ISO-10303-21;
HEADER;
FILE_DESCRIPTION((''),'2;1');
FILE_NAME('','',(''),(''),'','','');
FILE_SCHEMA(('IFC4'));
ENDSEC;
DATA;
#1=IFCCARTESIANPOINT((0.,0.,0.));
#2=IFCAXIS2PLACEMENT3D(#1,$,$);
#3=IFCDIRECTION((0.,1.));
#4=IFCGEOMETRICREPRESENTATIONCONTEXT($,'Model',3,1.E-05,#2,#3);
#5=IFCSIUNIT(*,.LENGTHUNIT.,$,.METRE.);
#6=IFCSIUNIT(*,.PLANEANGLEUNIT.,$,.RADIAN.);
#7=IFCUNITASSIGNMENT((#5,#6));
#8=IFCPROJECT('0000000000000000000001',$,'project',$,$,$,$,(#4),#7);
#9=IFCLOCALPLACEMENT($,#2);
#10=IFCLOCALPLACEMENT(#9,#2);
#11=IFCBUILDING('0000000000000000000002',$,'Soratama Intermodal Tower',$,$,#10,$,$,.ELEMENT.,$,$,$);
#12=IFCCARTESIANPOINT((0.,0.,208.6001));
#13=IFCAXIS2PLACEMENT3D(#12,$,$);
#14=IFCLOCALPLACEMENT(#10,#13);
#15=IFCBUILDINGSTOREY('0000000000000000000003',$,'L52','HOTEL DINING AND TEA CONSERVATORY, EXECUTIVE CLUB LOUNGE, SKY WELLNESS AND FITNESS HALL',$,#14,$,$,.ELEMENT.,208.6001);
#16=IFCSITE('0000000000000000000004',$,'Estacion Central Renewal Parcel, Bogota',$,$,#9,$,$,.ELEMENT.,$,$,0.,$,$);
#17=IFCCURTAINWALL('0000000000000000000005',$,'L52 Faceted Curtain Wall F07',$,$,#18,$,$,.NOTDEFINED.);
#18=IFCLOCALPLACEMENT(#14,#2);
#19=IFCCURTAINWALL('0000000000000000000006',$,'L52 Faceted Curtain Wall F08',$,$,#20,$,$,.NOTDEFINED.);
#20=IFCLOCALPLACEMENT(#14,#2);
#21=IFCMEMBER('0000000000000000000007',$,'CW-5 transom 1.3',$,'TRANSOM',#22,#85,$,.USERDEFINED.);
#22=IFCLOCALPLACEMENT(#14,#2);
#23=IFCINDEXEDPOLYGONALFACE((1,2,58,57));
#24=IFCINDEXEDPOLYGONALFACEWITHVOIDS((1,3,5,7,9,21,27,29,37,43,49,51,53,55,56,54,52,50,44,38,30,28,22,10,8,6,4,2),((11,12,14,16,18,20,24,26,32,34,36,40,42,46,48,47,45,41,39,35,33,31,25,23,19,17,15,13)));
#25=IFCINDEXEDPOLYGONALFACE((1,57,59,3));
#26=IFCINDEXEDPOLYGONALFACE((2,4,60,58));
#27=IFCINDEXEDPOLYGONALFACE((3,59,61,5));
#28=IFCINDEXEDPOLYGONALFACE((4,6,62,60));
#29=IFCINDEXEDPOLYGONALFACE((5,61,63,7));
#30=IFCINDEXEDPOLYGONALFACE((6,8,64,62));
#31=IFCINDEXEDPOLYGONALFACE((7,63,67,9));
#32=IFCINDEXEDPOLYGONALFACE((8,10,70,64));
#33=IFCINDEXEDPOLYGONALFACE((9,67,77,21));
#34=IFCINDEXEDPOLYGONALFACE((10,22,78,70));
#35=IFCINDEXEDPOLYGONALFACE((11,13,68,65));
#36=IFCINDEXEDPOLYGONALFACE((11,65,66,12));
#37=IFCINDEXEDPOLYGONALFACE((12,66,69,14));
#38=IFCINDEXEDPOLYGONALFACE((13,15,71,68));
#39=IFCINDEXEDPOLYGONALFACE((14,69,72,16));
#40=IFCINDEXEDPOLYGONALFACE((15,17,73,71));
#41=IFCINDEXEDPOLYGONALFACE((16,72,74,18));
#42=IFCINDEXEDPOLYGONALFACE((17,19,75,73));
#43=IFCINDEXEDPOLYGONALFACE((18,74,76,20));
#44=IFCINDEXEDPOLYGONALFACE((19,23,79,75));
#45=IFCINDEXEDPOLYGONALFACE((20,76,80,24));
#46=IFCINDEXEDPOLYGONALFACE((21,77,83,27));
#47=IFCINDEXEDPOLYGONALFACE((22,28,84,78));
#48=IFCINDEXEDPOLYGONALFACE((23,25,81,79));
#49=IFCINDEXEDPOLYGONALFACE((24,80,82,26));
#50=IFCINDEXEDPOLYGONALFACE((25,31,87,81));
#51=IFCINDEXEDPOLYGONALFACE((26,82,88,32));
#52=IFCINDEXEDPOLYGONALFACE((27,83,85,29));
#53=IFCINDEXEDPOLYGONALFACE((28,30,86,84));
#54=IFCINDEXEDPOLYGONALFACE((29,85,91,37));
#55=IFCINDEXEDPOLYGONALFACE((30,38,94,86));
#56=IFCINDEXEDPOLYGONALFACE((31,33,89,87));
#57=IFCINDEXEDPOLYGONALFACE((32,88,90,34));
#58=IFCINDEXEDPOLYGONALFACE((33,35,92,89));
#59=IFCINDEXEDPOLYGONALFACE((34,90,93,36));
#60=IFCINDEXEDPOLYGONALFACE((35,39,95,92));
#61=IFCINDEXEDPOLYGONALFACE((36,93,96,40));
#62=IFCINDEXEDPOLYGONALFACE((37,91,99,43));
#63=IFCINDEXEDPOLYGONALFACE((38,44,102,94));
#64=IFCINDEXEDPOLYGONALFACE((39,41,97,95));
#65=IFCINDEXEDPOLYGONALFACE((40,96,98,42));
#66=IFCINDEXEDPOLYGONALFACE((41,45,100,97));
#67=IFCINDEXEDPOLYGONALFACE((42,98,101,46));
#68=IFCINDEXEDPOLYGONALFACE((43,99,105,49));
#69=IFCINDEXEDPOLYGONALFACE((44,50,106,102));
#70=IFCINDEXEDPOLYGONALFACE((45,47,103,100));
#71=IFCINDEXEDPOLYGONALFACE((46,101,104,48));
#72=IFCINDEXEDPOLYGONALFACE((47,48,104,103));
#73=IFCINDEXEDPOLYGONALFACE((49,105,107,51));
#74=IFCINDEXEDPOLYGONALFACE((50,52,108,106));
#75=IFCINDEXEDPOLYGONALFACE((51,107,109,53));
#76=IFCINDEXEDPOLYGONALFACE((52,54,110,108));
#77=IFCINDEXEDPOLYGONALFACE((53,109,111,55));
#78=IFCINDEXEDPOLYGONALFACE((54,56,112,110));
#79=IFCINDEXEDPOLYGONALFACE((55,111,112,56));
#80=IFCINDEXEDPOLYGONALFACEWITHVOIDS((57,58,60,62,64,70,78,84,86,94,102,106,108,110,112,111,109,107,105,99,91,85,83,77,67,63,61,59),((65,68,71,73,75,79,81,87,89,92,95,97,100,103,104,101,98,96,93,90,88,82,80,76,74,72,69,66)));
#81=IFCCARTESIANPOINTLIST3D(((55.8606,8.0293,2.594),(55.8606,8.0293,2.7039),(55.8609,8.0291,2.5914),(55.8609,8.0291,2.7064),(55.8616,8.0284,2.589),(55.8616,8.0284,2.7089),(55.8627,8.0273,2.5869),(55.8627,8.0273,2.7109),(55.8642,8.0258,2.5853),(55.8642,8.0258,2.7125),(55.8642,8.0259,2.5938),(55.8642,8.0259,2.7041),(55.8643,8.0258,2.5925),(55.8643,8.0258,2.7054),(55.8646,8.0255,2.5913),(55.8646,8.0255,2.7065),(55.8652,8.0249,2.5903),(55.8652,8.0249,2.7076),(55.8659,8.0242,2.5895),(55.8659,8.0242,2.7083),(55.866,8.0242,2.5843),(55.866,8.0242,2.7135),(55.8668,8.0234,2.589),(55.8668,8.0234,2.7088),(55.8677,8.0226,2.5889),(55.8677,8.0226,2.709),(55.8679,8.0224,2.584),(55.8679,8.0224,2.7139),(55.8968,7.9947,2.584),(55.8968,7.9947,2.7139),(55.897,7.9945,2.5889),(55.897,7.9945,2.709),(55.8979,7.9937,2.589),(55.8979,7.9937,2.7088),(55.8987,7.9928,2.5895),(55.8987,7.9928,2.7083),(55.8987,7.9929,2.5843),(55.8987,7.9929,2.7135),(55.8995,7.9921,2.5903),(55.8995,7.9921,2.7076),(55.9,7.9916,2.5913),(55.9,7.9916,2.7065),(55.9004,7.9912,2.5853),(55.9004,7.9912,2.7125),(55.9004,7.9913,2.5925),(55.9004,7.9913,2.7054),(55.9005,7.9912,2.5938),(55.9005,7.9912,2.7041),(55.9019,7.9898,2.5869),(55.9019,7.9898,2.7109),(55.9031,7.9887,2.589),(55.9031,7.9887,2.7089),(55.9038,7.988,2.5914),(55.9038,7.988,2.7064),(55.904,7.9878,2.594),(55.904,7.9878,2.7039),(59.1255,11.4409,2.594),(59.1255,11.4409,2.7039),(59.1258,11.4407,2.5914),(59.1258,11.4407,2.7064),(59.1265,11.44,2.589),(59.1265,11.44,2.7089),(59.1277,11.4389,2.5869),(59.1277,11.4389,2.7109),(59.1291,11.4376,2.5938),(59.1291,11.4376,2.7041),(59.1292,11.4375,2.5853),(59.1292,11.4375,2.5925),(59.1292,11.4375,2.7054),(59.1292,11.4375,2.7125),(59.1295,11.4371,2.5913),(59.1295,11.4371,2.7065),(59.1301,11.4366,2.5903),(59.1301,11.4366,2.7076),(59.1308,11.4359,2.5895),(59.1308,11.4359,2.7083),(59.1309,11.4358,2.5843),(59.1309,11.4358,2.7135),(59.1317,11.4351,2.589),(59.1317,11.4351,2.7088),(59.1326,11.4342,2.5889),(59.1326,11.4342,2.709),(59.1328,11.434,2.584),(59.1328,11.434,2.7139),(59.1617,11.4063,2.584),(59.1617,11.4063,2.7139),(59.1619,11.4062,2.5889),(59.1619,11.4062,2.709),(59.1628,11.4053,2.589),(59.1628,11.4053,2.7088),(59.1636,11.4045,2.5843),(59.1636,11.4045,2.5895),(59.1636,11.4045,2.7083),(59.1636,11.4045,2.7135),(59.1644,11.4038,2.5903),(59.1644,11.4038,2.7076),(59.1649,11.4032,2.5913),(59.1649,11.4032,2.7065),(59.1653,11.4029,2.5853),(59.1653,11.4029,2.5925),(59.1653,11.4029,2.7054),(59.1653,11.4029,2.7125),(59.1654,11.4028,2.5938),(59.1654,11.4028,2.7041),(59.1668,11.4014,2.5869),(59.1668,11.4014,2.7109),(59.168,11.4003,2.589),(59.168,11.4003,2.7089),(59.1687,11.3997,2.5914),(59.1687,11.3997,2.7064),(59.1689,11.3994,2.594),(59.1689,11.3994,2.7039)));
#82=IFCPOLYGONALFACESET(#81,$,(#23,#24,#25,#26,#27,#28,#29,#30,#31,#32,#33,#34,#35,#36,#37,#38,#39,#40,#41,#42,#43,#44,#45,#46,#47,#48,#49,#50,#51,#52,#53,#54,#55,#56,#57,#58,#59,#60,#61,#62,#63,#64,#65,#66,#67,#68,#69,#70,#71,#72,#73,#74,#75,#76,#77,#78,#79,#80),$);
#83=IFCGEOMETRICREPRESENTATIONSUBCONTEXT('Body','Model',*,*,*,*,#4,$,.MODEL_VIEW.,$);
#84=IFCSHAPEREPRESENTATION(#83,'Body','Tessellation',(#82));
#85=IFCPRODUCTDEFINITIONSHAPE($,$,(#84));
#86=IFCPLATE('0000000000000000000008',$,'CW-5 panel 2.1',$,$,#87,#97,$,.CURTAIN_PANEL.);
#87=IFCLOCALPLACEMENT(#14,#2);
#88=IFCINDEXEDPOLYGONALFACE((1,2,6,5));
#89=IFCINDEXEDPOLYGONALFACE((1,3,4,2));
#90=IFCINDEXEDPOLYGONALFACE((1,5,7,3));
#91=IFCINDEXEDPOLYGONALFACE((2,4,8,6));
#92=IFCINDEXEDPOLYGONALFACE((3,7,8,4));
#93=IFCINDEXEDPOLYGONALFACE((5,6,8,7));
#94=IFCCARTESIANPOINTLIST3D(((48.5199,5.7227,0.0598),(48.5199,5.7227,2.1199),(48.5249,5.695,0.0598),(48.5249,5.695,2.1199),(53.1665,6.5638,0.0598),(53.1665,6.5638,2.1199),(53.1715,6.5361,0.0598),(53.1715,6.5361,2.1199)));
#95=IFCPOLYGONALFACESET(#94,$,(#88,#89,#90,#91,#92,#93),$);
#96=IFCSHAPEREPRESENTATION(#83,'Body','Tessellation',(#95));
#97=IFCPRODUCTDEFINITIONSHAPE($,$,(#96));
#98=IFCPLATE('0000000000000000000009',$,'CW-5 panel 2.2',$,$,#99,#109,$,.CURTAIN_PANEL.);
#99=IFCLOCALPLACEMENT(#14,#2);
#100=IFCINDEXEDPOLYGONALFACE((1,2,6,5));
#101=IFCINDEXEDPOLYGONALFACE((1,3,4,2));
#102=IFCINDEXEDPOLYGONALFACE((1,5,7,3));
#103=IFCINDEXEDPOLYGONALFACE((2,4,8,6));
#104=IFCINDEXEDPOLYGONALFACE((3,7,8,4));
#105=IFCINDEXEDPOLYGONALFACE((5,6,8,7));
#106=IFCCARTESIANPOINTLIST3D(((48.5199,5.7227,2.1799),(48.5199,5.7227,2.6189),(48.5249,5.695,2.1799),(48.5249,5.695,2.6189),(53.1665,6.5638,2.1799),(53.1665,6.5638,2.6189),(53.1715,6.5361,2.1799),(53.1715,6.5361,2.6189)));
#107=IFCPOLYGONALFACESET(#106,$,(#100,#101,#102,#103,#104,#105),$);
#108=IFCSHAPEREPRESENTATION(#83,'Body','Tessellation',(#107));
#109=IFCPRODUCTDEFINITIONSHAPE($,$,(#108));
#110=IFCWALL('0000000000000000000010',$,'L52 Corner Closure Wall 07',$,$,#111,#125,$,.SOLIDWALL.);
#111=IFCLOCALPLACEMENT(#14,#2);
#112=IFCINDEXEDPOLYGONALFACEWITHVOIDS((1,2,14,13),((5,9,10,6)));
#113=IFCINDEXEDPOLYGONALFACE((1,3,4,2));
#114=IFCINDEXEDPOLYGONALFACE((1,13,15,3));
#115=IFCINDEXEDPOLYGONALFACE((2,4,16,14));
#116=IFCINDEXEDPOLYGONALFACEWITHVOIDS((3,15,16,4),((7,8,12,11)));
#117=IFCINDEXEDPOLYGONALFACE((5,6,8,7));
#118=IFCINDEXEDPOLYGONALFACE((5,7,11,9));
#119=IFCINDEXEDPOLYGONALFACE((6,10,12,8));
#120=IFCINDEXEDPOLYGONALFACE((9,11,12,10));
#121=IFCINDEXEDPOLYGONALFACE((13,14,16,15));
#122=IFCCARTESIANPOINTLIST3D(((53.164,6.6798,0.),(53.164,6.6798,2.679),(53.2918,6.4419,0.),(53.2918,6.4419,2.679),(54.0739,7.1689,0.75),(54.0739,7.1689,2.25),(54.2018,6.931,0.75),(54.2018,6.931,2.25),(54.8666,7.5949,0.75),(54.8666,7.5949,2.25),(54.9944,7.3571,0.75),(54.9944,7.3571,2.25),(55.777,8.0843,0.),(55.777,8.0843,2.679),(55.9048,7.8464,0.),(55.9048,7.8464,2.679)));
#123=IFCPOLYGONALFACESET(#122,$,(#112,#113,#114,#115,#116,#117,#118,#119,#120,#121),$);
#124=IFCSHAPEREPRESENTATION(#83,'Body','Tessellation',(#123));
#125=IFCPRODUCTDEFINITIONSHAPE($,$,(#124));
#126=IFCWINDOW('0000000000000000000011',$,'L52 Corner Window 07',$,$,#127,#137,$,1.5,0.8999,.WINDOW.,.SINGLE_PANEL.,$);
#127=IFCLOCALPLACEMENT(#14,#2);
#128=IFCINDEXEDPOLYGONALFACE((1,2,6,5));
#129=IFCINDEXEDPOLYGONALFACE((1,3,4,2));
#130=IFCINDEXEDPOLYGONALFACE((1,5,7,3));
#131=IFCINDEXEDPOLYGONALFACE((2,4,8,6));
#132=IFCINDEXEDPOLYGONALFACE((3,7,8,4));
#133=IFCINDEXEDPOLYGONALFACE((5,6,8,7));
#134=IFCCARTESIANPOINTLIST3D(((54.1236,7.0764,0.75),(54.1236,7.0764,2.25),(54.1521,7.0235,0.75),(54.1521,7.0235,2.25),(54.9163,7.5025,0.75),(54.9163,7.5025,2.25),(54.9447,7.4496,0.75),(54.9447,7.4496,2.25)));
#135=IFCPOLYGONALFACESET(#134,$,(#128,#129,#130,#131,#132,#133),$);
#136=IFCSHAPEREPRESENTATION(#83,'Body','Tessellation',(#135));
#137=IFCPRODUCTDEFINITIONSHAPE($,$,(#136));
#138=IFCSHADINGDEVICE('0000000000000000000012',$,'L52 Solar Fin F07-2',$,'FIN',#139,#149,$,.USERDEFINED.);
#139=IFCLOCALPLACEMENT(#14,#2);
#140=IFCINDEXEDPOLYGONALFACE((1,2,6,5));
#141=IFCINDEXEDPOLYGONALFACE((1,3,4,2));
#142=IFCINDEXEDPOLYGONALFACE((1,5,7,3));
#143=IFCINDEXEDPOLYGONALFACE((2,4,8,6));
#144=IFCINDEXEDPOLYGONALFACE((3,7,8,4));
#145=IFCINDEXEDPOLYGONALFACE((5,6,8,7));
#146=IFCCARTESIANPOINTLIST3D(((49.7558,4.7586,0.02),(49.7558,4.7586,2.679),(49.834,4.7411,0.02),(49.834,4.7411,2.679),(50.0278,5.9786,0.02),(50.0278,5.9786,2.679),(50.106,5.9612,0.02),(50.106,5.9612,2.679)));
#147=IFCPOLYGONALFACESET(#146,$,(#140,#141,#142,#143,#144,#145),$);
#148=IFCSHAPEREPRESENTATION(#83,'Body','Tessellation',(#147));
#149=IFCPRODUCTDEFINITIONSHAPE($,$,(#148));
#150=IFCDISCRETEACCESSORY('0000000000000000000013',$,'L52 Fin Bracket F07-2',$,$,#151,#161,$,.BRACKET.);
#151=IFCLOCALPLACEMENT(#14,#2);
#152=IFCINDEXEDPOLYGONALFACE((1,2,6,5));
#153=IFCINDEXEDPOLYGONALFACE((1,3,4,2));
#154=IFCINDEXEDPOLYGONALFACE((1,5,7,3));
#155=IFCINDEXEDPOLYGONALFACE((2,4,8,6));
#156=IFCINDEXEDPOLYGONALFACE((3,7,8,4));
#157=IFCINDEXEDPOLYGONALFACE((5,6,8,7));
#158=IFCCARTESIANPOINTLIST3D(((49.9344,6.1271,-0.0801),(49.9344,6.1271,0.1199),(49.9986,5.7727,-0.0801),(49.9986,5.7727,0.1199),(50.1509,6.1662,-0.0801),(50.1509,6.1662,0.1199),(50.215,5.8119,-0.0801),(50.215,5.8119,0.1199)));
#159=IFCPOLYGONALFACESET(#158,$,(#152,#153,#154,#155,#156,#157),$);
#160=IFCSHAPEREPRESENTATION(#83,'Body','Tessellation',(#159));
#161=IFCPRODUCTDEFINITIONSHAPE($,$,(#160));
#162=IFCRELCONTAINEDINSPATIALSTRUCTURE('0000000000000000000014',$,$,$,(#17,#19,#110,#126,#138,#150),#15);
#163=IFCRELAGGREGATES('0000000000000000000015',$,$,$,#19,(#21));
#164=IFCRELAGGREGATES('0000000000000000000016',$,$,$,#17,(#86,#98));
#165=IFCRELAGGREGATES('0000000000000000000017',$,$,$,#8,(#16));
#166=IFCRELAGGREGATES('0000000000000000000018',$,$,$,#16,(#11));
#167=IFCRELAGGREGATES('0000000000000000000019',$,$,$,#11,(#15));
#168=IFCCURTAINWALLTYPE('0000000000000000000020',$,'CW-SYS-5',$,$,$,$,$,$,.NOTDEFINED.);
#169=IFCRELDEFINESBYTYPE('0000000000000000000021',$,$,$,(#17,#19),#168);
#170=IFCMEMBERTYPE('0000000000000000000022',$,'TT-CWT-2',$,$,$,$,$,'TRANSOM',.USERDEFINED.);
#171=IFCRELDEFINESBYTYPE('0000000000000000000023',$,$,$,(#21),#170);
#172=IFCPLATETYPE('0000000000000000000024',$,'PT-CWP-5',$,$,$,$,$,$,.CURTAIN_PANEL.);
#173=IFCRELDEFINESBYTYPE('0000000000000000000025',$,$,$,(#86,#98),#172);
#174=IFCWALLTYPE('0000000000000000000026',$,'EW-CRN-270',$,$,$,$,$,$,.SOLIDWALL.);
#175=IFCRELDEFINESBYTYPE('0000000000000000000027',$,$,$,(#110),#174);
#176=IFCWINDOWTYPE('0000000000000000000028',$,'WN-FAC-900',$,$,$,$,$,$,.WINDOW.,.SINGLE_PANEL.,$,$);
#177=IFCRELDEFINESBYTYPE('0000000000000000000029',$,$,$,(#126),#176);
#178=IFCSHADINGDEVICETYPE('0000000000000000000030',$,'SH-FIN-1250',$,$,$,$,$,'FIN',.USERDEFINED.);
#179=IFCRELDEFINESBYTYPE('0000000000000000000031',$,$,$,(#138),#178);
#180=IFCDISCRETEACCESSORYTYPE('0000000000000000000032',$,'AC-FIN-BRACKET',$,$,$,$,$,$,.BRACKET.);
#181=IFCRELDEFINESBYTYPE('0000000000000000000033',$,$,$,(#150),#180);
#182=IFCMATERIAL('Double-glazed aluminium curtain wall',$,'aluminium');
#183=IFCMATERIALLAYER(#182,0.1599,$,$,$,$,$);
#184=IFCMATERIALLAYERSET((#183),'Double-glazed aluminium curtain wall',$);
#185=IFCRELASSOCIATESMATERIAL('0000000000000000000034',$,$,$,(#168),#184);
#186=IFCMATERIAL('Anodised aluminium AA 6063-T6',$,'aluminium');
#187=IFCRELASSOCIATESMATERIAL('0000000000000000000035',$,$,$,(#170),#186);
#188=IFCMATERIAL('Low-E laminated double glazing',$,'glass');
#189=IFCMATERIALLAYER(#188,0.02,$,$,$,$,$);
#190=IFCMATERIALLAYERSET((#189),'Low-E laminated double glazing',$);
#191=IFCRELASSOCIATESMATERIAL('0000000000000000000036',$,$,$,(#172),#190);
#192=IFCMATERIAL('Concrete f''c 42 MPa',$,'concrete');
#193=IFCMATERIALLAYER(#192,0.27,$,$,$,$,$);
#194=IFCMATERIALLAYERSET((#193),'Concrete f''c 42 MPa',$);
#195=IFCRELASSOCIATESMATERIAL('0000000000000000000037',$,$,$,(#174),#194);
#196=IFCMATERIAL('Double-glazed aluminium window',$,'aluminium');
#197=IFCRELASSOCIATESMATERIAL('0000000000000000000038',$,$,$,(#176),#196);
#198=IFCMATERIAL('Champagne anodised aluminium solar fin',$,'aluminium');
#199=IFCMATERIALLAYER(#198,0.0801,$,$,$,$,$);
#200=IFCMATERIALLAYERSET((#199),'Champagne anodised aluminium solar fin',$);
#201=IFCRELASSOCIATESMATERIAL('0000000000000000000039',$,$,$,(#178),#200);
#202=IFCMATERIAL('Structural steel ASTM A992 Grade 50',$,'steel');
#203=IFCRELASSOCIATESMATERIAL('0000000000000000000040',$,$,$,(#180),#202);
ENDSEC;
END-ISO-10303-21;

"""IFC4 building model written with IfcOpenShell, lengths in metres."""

from ifc_helpers import new_model, si_unit, direction, frame, frame_2d, origin, origin_2d, place, context, subcontext, project, spatial, rectangle, hollow_rectangle, extrude, material, layer, layer_set, material_profile, profile_set, type_object, element, fill, aggregate, save


model = new_model("IFC4")

# Units and contexts
model_context = context("Model", 3, precision=1e-05, world=origin(), true_north=direction((0.0, 1.0)))
body_context = subcontext(model_context, "Body", "Model", "MODEL_VIEW")
ifc_project = project(units=[si_unit("LENGTHUNIT", "METRE"), si_unit("PLANEANGLEUNIT", "RADIAN")], contexts=[model_context])

# Site, building, storey
site_placement = place(None, origin())
site = spatial("IfcSite", under=ifc_project, at=site_placement, Name="Estacion Central Renewal Parcel, Bogota", CompositionType="ELEMENT", RefElevation=0.0)
building_placement = place(site_placement, origin())
building = spatial("IfcBuilding", under=site, at=building_placement, Name="Soratama Intermodal Tower", CompositionType="ELEMENT")
storey_placement = place(building_placement, frame((0.0, 0.0, 208.6001)))
storey = spatial("IfcBuildingStorey", under=building, at=storey_placement, Name="L52", Description="HOTEL DINING AND TEA CONSERVATORY, EXECUTIVE CLUB LOUNGE, SKY WELLNESS AND FITNESS HALL", CompositionType="ELEMENT", Elevation=208.6001)

# Curtain wall
ifc_material_1 = material(Name="Double-glazed aluminium curtain wall", Category="aluminium")
ifc_layer_1 = layer(ifc_material_1, 0.1599)
ifc_layer_set_1 = layer_set([ifc_layer_1], Name="Double-glazed aluminium curtain wall")
curtain_wall_type = type_object("IfcCurtainWallType", Name="CW-SYS-5", PredefinedType="NOTDEFINED", material=ifc_layer_set_1)
curtain_wall_1_placement = place(storey_placement, origin())
curtain_wall_1 = element("IfcCurtainWall", 1, at=curtain_wall_1_placement, inside=storey, type_object=curtain_wall_type, Name="L52 Faceted Curtain Wall F07", PredefinedType="NOTDEFINED")

# Curtain wall
curtain_wall_2_placement = place(storey_placement, origin())
curtain_wall_2 = element("IfcCurtainWall", 2, at=curtain_wall_2_placement, inside=storey, type_object=curtain_wall_type, Name="L52 Faceted Curtain Wall F08", PredefinedType="NOTDEFINED")

# Member
ifc_material_2 = material(Name="Anodised aluminium AA 6063-T6", Category="aluminium")
ifc_material_profile_1 = material_profile(ifc_material_2, hollow_rectangle(XDim=0.0601, YDim=0.1299, WallThickness=0.0049, InnerFilletRadius=0.0049, OuterFilletRadius=0.01, at=origin_2d()), Name="CWT130X60X5")
ifc_profile_set_1 = profile_set([ifc_material_profile_1], Name="Anodised aluminium AA 6063-T6")
member_type_1 = type_object("IfcMemberType", Name="TT-CWT-2", ElementType="TRANSOM", PredefinedType="USERDEFINED", material=ifc_profile_set_1)
member_1_placement = place(storey_placement, frame((55.8823, 8.0085, 2.6489), z_axis=(0.6914, 0.722472, 0.0), x_axis=(-0.722472, 0.6914, 0.0)))
member_1 = element("IfcMember", 3, at=member_1_placement, type_object=member_type_1, Name="CW-5 transom 1.3", ObjectType="TRANSOM", PredefinedType="USERDEFINED", context=body_context, shape_type="SweptSolid", body=[
    extrude(hollow_rectangle(XDim=0.0601, YDim=0.1299, WallThickness=0.0049, InnerFilletRadius=0.0049, OuterFilletRadius=0.01, at=origin_2d()), origin(), (0.0, 0.0, 1.0), 4.7222),
])
aggregate(curtain_wall_2, [member_1])

# Plates
ifc_material_3 = material(Name="Low-E laminated double glazing", Category="glass")
ifc_layer_2 = layer(ifc_material_3, 0.02)
ifc_layer_set_2 = layer_set([ifc_layer_2], Name="Low-E laminated double glazing")
plate_type = type_object("IfcPlateType", Name="PT-CWP-5", PredefinedType="CURTAIN_PANEL", material=ifc_layer_set_2)
plate_1_placement = place(storey_placement, frame((50.8457, 6.1294, 0.0598), z_axis=(0.0, 0.0, 1.0), x_axis=(0.98401, 0.178115, 0.0)))
plate_1 = element("IfcPlate", 4, at=plate_1_placement, type_object=plate_type, Name="CW-5 panel 2.1", PredefinedType="CURTAIN_PANEL", context=body_context, shape_type="SweptSolid", body=[
    extrude(rectangle(XDim=4.7222, YDim=0.0281, at=origin_2d()), origin(), (0.0, 0.0, 1.0), 2.0601),
])
plate_2_placement = place(storey_placement, frame((50.8457, 6.1294, 2.1799), z_axis=(0.0, 0.0, 1.0), x_axis=(0.98401, 0.178115, 0.0)))
plate_2 = element("IfcPlate", 5, at=plate_2_placement, type_object=plate_type, Name="CW-5 panel 2.2", PredefinedType="CURTAIN_PANEL", context=body_context, shape_type="SweptSolid", body=[
    extrude(rectangle(XDim=4.7222, YDim=0.0281, at=origin_2d()), origin(), (0.0, 0.0, 1.0), 0.439),
])
aggregate(curtain_wall_1, [plate_1, plate_2])

# Wall, opening, window
ifc_material_4 = material(Name="Concrete f'c 42 MPa", Category="concrete")
ifc_layer_3 = layer(ifc_material_4, 0.27)
ifc_layer_set_3 = layer_set([ifc_layer_3], Name="Concrete f'c 42 MPa")
wall_type = type_object("IfcWallType", Name="EW-CRN-270", PredefinedType="SOLIDWALL", material=ifc_layer_set_3)
wall_placement = place(storey_placement, frame((53.2278, 6.5608, 0.0), z_axis=(0.0, 0.0, 1.0), x_axis=(0.88082, 0.473452, 0.0)))
wall = element("IfcWall", 6, at=wall_placement, inside=storey, type_object=wall_type, Name="L52 Corner Closure Wall 07", PredefinedType="SOLIDWALL", context=body_context, shape_type="SweptSolid", body=[
    extrude(rectangle(XDim=2.9666, YDim=0.27, at=frame_2d((1.4834, 0.0))), origin(), (0.0, 0.0, 1.0), 2.679),
])
opening_placement = place(wall_placement, frame((1.0332, 0.0, 0.75)))
opening = element("IfcOpeningElement", 7, at=opening_placement, cuts=wall, PredefinedType="OPENING", context=body_context, shape_type="SweptSolid", body=[
    extrude(rectangle(XDim=0.8999, YDim=1.5, at=frame_2d((0.45, 0.75))), frame((0.0, 0.145, 0.0), z_axis=(0.0, -1.0, 0.0), x_axis=(1.0, 0.0, 0.0)), (0.0, 0.0, 1.0), 0.29),
])
ifc_material_5 = material(Name="Double-glazed aluminium window", Category="aluminium")
window_type = type_object("IfcWindowType", Name="WN-FAC-900", PartitioningType="SINGLE_PANEL", PredefinedType="WINDOW", material=ifc_material_5)
window_placement = place(opening_placement, origin())
window = element("IfcWindow", 8, at=window_placement, inside=storey, type_object=window_type, Name="L52 Corner Window 07", OverallHeight=1.5, OverallWidth=0.8999, PartitioningType="SINGLE_PANEL", PredefinedType="WINDOW", context=body_context, shape_type="SweptSolid", body=[
    extrude(rectangle(XDim=0.8999, YDim=1.5, at=frame_2d((0.45, 0.75))), frame((0.0, 0.03, 0.0), z_axis=(0.0, -1.0, 0.0), x_axis=(1.0, 0.0, 0.0)), (0.0, 0.0, 1.0), 0.0601),
])
fill(opening, window)

# Shading device
ifc_material_6 = material(Name="Champagne anodised aluminium solar fin", Category="aluminium")
ifc_layer_4 = layer(ifc_material_6, 0.0801)
ifc_layer_set_4 = layer_set([ifc_layer_4], Name="Champagne anodised aluminium solar fin")
shading_device_type = type_object("IfcShadingDeviceType", Name="SH-FIN-1250", ElementType="FIN", PredefinedType="USERDEFINED", material=ifc_layer_set_4)
shading_device_placement = place(storey_placement, frame((49.9309, 5.3599, 0.02), z_axis=(0.0, 0.0, 1.0), x_axis=(-0.217632, -0.976031, 0.0)))
element("IfcShadingDevice", 9, at=shading_device_placement, inside=storey, type_object=shading_device_type, Name="L52 Solar Fin F07-2", ObjectType="FIN", PredefinedType="USERDEFINED", context=body_context, shape_type="SweptSolid", body=[
    extrude(rectangle(XDim=1.25, YDim=0.0801, at=origin_2d()), origin(), (0.0, 0.0, 1.0), 2.6589),
])

# Discrete accessory
ifc_material_7 = material(Name="Structural steel ASTM A992 Grade 50", Category="steel")
discrete_accessory_type = type_object("IfcDiscreteAccessoryType", Name="AC-FIN-BRACKET", PredefinedType="BRACKET", material=ifc_material_7)
discrete_accessory_placement = place(storey_placement, frame((50.0747, 5.9695, -0.0801), z_axis=(0.0, 0.0, 1.0), x_axis=(0.178115, -0.98401, 0.0)))
element("IfcDiscreteAccessory", 10, at=discrete_accessory_placement, inside=storey, type_object=discrete_accessory_type, Name="L52 Fin Bracket F07-2", PredefinedType="BRACKET", context=body_context, shape_type="SweptSolid", body=[
    extrude(rectangle(XDim=0.3601, YDim=0.22, at=origin_2d()), origin(), (0.0, 0.0, 1.0), 0.2),
])

save(model, "model.ifc")
